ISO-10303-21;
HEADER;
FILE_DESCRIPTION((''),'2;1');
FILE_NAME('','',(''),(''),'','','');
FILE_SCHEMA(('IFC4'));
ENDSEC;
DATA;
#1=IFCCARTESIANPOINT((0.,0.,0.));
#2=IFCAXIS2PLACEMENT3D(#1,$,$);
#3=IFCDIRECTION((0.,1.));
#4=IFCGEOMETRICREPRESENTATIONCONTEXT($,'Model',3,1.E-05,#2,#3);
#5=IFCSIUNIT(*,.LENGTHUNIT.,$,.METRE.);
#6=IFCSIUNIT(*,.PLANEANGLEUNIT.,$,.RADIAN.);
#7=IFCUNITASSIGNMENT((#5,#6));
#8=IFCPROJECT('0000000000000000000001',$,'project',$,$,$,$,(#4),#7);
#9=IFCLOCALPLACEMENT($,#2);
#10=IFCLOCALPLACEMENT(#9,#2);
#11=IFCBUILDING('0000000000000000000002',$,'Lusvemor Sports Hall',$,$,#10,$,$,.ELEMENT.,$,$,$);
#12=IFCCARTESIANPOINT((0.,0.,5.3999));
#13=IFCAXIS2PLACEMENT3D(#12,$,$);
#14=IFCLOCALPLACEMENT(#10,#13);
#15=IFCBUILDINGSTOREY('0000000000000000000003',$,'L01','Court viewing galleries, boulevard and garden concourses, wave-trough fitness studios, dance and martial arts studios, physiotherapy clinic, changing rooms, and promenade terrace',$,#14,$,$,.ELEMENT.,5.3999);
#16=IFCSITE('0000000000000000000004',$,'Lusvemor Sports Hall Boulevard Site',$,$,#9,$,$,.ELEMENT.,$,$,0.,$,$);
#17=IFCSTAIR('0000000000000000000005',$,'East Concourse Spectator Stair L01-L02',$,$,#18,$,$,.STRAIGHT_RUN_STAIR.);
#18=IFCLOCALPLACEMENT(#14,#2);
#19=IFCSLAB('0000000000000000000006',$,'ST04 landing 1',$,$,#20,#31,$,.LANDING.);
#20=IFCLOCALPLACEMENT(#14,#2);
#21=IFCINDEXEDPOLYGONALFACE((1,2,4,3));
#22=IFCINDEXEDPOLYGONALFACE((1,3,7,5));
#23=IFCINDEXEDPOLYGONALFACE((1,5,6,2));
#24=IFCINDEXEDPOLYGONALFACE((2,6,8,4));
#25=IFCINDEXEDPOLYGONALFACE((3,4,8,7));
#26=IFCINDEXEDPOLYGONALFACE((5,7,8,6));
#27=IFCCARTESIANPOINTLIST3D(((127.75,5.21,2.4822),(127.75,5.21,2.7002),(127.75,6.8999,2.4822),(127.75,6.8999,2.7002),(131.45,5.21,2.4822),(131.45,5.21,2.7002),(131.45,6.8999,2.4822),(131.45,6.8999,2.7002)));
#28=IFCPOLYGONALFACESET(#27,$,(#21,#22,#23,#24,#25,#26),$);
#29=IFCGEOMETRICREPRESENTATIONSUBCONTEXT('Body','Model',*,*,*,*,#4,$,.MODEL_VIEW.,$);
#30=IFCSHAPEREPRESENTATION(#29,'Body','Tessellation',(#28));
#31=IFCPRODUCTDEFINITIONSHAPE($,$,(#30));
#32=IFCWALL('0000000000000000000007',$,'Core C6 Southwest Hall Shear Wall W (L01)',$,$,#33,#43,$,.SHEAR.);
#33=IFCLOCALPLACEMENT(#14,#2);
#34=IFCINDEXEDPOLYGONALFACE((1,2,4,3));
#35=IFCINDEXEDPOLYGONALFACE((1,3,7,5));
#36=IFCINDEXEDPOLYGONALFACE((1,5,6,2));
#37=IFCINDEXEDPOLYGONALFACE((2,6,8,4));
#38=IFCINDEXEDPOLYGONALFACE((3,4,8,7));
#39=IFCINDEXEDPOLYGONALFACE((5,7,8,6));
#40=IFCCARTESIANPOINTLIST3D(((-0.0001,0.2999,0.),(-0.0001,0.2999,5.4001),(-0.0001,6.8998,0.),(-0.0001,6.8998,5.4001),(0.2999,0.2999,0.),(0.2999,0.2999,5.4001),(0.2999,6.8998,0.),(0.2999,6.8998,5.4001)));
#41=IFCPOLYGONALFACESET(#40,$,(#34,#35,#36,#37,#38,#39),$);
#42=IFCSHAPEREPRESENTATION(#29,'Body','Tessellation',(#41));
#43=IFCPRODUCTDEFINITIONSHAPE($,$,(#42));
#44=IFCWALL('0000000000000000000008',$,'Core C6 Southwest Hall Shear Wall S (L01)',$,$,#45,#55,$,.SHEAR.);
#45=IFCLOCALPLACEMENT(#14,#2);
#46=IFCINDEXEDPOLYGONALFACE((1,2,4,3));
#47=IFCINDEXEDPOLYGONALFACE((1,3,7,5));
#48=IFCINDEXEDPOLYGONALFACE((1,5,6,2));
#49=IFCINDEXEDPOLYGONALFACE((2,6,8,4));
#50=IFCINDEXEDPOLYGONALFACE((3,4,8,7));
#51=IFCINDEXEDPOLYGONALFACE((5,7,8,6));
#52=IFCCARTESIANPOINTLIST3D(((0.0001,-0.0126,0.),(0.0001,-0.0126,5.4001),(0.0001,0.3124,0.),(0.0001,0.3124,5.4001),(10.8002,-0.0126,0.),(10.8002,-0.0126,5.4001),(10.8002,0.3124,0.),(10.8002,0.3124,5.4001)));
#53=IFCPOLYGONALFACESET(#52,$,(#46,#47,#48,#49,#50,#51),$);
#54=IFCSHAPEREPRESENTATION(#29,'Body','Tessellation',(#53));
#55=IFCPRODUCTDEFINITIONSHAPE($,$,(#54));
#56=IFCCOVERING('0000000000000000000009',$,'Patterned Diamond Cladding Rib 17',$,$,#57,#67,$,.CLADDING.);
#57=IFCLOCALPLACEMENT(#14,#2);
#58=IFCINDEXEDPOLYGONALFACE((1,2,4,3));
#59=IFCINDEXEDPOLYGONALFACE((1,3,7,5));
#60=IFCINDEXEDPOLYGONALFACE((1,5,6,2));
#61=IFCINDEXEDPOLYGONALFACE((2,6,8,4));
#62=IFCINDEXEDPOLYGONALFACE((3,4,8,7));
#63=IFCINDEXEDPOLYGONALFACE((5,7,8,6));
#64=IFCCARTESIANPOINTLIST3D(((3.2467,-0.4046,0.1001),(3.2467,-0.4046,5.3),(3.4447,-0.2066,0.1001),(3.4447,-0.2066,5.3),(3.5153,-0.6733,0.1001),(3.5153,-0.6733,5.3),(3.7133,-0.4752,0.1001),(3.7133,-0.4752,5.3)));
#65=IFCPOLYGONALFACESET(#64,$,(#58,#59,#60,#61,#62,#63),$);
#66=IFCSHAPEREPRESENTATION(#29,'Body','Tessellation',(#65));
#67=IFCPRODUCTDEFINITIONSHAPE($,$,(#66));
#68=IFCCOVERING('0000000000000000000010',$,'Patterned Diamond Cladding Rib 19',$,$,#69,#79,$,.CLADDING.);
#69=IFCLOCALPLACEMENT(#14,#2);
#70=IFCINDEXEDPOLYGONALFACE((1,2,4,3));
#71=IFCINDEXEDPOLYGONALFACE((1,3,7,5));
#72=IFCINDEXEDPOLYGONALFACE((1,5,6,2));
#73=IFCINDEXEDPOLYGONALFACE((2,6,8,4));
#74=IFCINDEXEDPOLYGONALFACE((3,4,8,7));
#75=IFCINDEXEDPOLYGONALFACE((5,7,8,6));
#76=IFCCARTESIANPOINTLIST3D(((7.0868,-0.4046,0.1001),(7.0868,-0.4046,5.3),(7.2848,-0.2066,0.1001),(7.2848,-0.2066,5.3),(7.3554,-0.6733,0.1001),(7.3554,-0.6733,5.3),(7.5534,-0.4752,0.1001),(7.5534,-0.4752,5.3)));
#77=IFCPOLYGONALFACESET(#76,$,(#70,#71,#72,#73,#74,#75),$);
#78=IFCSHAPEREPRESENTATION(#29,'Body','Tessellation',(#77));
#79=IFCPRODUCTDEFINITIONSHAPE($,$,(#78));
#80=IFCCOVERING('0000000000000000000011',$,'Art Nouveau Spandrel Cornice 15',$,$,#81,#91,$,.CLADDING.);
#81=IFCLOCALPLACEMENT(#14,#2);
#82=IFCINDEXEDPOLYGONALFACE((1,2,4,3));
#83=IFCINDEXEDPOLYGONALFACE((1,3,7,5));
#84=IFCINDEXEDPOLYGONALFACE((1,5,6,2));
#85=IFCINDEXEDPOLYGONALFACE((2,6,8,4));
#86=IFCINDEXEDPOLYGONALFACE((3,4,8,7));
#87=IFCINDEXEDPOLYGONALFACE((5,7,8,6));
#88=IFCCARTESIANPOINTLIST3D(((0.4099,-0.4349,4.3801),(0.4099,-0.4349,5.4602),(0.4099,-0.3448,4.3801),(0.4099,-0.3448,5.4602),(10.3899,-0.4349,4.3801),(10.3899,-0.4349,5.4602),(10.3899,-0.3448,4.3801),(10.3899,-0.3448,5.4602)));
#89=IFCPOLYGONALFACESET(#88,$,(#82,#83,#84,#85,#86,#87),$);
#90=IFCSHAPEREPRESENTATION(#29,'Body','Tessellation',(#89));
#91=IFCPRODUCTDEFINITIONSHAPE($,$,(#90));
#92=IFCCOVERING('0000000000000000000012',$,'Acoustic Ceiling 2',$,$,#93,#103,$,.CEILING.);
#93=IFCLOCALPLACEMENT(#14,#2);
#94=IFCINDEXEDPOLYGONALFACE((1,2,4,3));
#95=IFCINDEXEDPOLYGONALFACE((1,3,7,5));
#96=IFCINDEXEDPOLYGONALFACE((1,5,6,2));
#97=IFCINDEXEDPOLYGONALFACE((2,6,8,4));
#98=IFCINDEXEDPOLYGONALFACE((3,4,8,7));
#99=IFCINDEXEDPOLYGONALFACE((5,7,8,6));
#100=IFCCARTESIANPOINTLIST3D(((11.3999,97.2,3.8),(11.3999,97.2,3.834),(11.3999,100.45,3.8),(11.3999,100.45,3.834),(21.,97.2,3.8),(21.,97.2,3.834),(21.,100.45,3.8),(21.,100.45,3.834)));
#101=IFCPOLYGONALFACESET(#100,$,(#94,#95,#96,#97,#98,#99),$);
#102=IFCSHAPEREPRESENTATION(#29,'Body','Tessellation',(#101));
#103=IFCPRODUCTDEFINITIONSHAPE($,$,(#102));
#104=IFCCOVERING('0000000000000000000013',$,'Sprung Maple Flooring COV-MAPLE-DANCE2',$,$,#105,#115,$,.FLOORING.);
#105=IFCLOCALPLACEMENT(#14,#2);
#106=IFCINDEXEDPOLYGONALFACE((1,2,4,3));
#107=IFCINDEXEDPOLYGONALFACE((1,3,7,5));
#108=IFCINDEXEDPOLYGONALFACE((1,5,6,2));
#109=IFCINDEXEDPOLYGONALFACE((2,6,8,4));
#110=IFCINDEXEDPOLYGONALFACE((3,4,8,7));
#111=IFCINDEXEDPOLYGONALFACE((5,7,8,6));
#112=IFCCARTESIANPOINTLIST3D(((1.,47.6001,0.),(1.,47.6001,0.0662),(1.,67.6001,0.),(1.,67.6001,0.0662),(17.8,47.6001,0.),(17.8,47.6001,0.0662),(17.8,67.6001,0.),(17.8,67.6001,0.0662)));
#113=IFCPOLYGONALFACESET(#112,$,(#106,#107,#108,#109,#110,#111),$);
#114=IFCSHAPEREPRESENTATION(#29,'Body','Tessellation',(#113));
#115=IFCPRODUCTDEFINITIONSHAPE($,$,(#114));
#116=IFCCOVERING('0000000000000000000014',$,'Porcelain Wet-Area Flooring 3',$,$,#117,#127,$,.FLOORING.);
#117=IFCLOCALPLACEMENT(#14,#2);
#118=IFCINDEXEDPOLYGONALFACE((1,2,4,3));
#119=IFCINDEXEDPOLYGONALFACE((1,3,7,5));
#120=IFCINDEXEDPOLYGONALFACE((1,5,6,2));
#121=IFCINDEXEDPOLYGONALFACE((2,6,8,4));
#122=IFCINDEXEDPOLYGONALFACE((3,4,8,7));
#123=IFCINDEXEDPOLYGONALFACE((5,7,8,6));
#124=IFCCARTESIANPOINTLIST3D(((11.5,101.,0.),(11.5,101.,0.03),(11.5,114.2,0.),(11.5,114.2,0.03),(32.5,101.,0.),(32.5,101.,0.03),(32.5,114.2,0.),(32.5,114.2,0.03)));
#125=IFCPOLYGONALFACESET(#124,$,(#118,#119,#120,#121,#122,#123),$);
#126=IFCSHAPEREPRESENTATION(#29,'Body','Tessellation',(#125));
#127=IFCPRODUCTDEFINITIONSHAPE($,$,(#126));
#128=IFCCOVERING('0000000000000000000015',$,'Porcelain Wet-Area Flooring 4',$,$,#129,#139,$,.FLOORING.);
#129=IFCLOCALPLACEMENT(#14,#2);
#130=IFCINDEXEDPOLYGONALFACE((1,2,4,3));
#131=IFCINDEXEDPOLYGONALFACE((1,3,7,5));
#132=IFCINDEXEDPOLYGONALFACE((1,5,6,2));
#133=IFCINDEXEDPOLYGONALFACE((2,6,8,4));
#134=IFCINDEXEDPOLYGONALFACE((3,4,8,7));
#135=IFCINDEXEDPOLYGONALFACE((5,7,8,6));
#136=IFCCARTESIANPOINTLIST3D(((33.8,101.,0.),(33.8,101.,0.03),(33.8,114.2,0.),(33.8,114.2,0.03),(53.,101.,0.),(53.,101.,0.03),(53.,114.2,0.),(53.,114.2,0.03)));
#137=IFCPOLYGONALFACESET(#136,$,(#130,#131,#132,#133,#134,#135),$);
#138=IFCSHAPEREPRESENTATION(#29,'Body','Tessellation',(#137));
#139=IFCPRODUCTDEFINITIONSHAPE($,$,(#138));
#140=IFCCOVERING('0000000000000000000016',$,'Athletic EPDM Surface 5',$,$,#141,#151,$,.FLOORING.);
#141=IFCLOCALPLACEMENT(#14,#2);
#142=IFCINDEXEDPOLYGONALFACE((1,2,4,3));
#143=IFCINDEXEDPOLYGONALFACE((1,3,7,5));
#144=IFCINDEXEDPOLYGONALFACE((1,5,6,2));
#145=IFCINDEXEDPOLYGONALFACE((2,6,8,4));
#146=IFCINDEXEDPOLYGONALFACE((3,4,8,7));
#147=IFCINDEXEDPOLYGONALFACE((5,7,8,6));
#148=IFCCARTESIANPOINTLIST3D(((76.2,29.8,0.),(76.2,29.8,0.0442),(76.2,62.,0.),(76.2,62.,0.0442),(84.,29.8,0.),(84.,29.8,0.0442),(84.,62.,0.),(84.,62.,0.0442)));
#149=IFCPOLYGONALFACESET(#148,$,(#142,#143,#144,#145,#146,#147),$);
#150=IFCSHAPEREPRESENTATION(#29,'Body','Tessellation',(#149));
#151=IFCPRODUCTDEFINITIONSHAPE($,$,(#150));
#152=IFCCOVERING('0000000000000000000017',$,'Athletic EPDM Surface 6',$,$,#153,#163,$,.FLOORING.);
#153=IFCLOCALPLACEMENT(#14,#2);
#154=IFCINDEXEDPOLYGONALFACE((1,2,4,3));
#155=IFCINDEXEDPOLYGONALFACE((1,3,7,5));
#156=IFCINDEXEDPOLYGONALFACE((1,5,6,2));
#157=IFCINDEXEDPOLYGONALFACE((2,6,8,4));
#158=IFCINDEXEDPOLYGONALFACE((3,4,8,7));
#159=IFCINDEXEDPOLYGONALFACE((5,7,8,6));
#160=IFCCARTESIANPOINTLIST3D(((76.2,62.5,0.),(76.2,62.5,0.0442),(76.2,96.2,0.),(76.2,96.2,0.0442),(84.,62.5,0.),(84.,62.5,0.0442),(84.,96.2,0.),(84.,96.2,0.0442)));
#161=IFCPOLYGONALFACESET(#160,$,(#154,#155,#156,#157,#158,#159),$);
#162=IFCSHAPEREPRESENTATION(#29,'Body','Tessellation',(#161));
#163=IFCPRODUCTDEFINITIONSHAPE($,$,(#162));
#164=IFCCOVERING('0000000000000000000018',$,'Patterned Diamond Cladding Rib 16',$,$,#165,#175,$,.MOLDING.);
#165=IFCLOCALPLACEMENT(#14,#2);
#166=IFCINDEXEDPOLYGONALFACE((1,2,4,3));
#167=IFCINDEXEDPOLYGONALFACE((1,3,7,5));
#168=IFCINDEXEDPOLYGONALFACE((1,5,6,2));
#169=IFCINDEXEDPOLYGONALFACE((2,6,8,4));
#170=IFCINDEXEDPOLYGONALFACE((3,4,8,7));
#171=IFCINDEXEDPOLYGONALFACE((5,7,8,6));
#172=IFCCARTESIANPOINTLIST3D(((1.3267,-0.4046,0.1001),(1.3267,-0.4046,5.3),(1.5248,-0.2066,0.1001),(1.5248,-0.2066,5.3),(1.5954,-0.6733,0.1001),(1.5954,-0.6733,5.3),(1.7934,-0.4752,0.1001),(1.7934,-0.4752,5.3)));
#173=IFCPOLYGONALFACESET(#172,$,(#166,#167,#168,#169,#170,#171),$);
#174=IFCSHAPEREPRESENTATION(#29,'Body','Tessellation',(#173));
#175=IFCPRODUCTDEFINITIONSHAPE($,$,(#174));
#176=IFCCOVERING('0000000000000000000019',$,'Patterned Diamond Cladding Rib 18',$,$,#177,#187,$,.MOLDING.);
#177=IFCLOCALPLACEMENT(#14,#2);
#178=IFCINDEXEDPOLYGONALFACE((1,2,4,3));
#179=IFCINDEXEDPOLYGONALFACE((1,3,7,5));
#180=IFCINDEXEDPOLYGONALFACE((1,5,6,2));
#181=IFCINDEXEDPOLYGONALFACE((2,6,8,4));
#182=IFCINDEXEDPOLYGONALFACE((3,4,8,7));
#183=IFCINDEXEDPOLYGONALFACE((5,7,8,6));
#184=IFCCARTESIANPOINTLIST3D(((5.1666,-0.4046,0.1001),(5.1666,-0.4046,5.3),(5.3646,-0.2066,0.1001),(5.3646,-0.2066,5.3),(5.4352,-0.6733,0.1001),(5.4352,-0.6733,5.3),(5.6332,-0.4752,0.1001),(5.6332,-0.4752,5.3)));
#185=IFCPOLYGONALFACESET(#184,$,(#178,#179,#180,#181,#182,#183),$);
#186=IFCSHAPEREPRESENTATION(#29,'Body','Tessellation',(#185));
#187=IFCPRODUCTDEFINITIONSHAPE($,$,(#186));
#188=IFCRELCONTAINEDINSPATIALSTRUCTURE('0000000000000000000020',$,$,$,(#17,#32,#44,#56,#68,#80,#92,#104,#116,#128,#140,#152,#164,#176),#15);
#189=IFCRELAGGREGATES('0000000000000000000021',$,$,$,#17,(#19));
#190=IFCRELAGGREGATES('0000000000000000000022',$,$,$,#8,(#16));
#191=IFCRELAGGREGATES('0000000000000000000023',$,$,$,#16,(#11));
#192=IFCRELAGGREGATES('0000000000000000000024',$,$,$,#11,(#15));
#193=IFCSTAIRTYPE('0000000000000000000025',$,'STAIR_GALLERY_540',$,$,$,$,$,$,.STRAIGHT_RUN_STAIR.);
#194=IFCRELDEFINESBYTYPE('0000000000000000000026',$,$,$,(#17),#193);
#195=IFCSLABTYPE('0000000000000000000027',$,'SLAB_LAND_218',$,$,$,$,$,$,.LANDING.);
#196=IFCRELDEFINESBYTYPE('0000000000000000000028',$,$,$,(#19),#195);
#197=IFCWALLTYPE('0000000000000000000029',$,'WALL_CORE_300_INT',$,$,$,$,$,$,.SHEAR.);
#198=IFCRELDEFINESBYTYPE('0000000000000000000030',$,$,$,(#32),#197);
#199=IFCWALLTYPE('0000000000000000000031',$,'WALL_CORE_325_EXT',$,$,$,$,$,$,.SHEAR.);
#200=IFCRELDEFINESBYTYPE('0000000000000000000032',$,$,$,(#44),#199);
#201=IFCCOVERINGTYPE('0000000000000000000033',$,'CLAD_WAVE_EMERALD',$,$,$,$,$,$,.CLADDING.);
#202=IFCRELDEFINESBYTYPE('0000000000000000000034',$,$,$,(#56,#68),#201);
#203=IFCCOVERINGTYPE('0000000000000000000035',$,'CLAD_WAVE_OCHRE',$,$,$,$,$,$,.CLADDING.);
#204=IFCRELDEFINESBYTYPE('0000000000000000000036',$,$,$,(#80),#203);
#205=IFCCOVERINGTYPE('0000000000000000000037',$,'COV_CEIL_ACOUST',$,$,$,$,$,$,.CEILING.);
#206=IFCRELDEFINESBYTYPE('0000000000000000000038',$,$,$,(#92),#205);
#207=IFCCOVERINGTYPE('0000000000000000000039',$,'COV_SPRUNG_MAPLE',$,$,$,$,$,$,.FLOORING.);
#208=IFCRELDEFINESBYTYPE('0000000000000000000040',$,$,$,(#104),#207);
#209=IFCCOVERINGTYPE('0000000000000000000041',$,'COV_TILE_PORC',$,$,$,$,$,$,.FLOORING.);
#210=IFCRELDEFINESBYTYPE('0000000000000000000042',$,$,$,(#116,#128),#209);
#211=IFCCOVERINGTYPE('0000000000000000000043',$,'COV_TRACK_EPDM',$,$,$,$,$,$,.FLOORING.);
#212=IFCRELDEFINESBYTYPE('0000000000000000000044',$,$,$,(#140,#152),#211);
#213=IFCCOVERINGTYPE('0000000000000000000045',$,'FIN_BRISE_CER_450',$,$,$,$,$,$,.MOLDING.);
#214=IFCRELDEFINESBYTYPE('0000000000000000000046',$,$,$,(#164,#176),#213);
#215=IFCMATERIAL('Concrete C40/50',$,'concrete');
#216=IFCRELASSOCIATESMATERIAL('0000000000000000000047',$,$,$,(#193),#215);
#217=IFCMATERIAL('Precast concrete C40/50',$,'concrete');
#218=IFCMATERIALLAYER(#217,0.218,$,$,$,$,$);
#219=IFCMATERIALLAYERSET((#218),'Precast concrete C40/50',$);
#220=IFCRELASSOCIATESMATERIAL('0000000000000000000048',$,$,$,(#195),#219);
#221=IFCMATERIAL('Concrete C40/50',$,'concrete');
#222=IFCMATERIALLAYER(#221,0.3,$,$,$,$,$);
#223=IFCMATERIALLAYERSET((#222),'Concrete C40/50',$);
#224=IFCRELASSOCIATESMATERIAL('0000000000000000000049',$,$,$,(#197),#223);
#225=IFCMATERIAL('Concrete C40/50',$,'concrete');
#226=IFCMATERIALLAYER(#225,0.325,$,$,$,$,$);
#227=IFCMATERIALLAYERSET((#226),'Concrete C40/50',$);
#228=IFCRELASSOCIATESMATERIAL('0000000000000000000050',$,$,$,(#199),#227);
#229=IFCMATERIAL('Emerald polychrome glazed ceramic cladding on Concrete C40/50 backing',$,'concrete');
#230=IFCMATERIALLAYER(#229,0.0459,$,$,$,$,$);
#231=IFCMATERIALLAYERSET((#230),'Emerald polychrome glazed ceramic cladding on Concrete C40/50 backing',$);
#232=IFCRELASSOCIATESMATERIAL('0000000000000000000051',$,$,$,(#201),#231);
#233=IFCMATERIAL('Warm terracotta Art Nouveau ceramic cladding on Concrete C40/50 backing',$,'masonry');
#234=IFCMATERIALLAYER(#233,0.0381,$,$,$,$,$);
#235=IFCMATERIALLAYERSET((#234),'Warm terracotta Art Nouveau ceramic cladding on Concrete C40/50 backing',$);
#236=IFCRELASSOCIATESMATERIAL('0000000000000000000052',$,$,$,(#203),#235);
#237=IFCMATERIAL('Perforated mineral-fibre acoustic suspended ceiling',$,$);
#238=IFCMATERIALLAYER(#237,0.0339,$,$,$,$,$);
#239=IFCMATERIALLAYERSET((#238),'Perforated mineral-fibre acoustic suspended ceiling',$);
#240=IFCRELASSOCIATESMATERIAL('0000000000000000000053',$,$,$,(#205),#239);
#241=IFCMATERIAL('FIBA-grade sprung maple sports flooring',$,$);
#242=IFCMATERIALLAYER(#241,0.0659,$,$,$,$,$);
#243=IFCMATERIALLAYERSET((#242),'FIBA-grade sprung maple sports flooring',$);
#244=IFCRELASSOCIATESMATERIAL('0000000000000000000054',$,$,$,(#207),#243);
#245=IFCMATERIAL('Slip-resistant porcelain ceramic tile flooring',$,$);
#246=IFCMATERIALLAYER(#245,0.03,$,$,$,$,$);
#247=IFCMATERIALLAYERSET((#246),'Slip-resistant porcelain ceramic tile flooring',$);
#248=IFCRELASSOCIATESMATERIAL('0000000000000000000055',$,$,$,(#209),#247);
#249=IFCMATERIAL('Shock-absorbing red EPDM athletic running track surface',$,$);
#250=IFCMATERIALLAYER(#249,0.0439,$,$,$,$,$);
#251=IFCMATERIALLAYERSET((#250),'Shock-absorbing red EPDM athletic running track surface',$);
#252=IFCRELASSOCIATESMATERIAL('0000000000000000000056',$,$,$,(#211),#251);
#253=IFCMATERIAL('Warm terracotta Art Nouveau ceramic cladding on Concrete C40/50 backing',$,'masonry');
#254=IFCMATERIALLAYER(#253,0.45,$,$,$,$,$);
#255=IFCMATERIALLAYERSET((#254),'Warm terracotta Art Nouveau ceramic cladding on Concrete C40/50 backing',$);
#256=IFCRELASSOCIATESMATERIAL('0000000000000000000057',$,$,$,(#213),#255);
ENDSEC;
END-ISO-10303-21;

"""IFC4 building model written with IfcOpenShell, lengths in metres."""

from ifc_helpers import new_model, si_unit, direction, frame, frame_2d, origin, origin_2d, place, context, subcontext, project, spatial, polyline, rectangle, outline, extrude, material, layer, layer_set, type_object, element, aggregate, save


model = new_model("IFC4")

# Units and contexts
model_context = context("Model", 3, precision=1e-05, world=origin(), true_north=direction((0.0, 1.0)))
body_context = subcontext(model_context, "Body", "Model", "MODEL_VIEW")
ifc_project = project(units=[si_unit("LENGTHUNIT", "METRE"), si_unit("PLANEANGLEUNIT", "RADIAN")], contexts=[model_context])

# Site, building, storey
site_placement = place(None, origin())
site = spatial("IfcSite", under=ifc_project, at=site_placement, Name="Lusvemor Sports Hall Boulevard Site", CompositionType="ELEMENT", RefElevation=0.0)
building_placement = place(site_placement, origin())
building = spatial("IfcBuilding", under=site, at=building_placement, Name="Lusvemor Sports Hall", CompositionType="ELEMENT")
storey_placement = place(building_placement, frame((0.0, 0.0, 5.3999)))
storey = spatial("IfcBuildingStorey", under=building, at=storey_placement, Name="L01", Description="Court viewing galleries, boulevard and garden concourses, wave-trough fitness studios, dance and martial arts studios, physiotherapy clinic, changing rooms, and promenade terrace", CompositionType="ELEMENT", Elevation=5.3999)

# Stair, slab
ifc_material_1 = material(Name="Concrete C40/50", Category="concrete")
stair_type_1 = type_object("IfcStairType", Name="STAIR_GALLERY_540", PredefinedType="STRAIGHT_RUN_STAIR", material=ifc_material_1)
stair_1_placement = place(storey_placement, origin())
stair_1 = element("IfcStair", 1, at=stair_1_placement, inside=storey, type_object=stair_type_1, Name="East Concourse Spectator Stair L01-L02", PredefinedType="STRAIGHT_RUN_STAIR")
ifc_material_2 = material(Name="Precast concrete C40/50", Category="concrete")
ifc_layer_1 = layer(ifc_material_2, 0.218)
ifc_layer_set_1 = layer_set([ifc_layer_1], Name="Precast concrete C40/50")
slab_type_1 = type_object("IfcSlabType", Name="SLAB_LAND_218", PredefinedType="LANDING", material=ifc_layer_set_1)
slab_1_placement = place(storey_placement, frame((0.0, 0.0, 2.4822)))
slab_1 = element("IfcSlab", 2, at=slab_1_placement, type_object=slab_type_1, Name="ST04 landing 1", PredefinedType="LANDING", context=body_context, shape_type="SweptSolid", body=[
    extrude(outline(polyline([(127.75, 5.21), (131.45, 5.21), (131.45, 6.8999), (127.75, 6.8999), (127.75, 5.21)])), origin(), (0.0, 0.0, 1.0), 0.218),
])
aggregate(stair_1, [slab_1])

# Wall
ifc_material_3 = material(Name="Concrete C40/50", Category="concrete")
ifc_layer_2 = layer(ifc_material_3, 0.3)
ifc_layer_set_2 = layer_set([ifc_layer_2], Name="Concrete C40/50")
wall_type_1 = type_object("IfcWallType", Name="WALL_CORE_300_INT", PredefinedType="SHEAR", material=ifc_layer_set_2)
wall_1_placement = place(storey_placement, frame((0.1499, 0.3, 0.0), z_axis=(0.0, 0.0, 1.0), x_axis=(0.0, 1.0, 0.0)))
element("IfcWall", 3, at=wall_1_placement, inside=storey, type_object=wall_type_1, Name="Core C6 Southwest Hall Shear Wall W (L01)", PredefinedType="SHEAR", context=body_context, shape_type="SweptSolid", body=[
    extrude(rectangle(XDim=6.5999, YDim=0.3, at=frame_2d((3.2998, 0.0))), origin(), (0.0, 0.0, 1.0), 5.4001),
])

# Wall
ifc_material_4 = material(Name="Concrete C40/50", Category="concrete")
ifc_layer_3 = layer(ifc_material_4, 0.325)
ifc_layer_set_3 = layer_set([ifc_layer_3], Name="Concrete C40/50")
wall_type_2 = type_object("IfcWallType", Name="WALL_CORE_325_EXT", PredefinedType="SHEAR", material=ifc_layer_set_3)
wall_2_placement = place(storey_placement, frame((10.8, 0.1499, 0.0), z_axis=(0.0, 0.0, 1.0), x_axis=(-1.0, 0.0, 0.0)))
element("IfcWall", 4, at=wall_2_placement, inside=storey, type_object=wall_type_2, Name="Core C6 Southwest Hall Shear Wall S (L01)", PredefinedType="SHEAR", context=body_context, shape_type="SweptSolid", body=[
    extrude(rectangle(XDim=10.8, YDim=0.325, at=frame_2d((5.3999, 0.0))), origin(), (0.0, 0.0, 1.0), 5.4001),
])

# Coverings
ifc_material_5 = material(Name="Emerald polychrome glazed ceramic cladding on Concrete C40/50 backing", Category="concrete")
ifc_layer_4 = layer(ifc_material_5, 0.0459)
ifc_layer_set_4 = layer_set([ifc_layer_4], Name="Emerald polychrome glazed ceramic cladding on Concrete C40/50 backing")
covering_type_1 = type_object("IfcCoveringType", Name="CLAD_WAVE_EMERALD", PredefinedType="CLADDING", material=ifc_layer_set_4)
for number, where, z_axis, x_axis, name in (
    (5, (3.48, -0.4399, 0.1001), (0.0, 0.0, 1.0), (0.707107, 0.707107, 0.0), "Patterned Diamond Cladding Rib 17"),
    (6, (7.3201, -0.4399, 0.1001), (0.0, 0.0, 1.0), (0.707107, 0.707107, 0.0), "Patterned Diamond Cladding Rib 19"),
):
    element("IfcCovering", number, at=place(storey_placement, frame(where, z_axis=z_axis, x_axis=x_axis)), inside=storey, type_object=covering_type_1, Name=name, PredefinedType="CLADDING", context=body_context, shape_type="SweptSolid", body=[
        extrude(rectangle(XDim=0.28, YDim=0.3799, at=origin_2d()), origin(), (0.0, 0.0, 1.0), 5.2),
    ])
ifc_material_6 = material(Name="Warm terracotta Art Nouveau ceramic cladding on Concrete C40/50 backing", Category="masonry")
ifc_layer_5 = layer(ifc_material_6, 0.0381)
ifc_layer_set_5 = layer_set([ifc_layer_5], Name="Warm terracotta Art Nouveau ceramic cladding on Concrete C40/50 backing")
covering_type_2 = type_object("IfcCoveringType", Name="CLAD_WAVE_OCHRE", PredefinedType="CLADDING", material=ifc_layer_set_5)
covering_1_placement = place(storey_placement, frame((5.3999, -0.3899, 4.3801), z_axis=(0.0, 0.0, 1.0), x_axis=(1.0, 0.0, 0.0)))
element("IfcCovering", 7, at=covering_1_placement, inside=storey, type_object=covering_type_2, Name="Art Nouveau Spandrel Cornice 15", PredefinedType="CLADDING", context=body_context, shape_type="SweptSolid", body=[
    extrude(rectangle(XDim=9.98, YDim=0.0901, at=origin_2d()), origin(), (0.0, 0.0, 1.0), 1.0801),
])
ifc_material_7 = material(Name="Perforated mineral-fibre acoustic suspended ceiling")
ifc_layer_6 = layer(ifc_material_7, 0.0339)
ifc_layer_set_6 = layer_set([ifc_layer_6], Name="Perforated mineral-fibre acoustic suspended ceiling")
covering_type_3 = type_object("IfcCoveringType", Name="COV_CEIL_ACOUST", PredefinedType="CEILING", material=ifc_layer_set_6)
covering_2_placement = place(storey_placement, frame((0.0, 0.0, 3.8)))
element("IfcCovering", 8, at=covering_2_placement, inside=storey, type_object=covering_type_3, Name="Acoustic Ceiling 2", PredefinedType="CEILING", context=body_context, shape_type="SweptSolid", body=[
    extrude(outline(polyline([(11.3999, 97.2), (21.0, 97.2), (21.0, 100.45), (11.3999, 100.45), (11.3999, 97.2)])), origin(), (0.0, 0.0, 1.0), 0.0339),
])
ifc_material_8 = material(Name="FIBA-grade sprung maple sports flooring")
ifc_layer_7 = layer(ifc_material_8, 0.0659)
ifc_layer_set_7 = layer_set([ifc_layer_7], Name="FIBA-grade sprung maple sports flooring")
covering_type_4 = type_object("IfcCoveringType", Name="COV_SPRUNG_MAPLE", PredefinedType="FLOORING", material=ifc_layer_set_7)
covering_3_placement = place(storey_placement, origin())
element("IfcCovering", 9, at=covering_3_placement, inside=storey, type_object=covering_type_4, Name="Sprung Maple Flooring COV-MAPLE-DANCE2", PredefinedType="FLOORING", context=body_context, shape_type="SweptSolid", body=[
    extrude(outline(polyline([(1.0, 47.6001), (17.8, 47.6001), (17.8, 67.6001), (1.0, 67.6001), (1.0, 47.6001)])), origin(), (0.0, 0.0, 1.0), 0.0662),
])
ifc_material_9 = material(Name="Slip-resistant porcelain ceramic tile flooring")
ifc_layer_8 = layer(ifc_material_9, 0.03)
ifc_layer_set_8 = layer_set([ifc_layer_8], Name="Slip-resistant porcelain ceramic tile flooring")
covering_type_5 = type_object("IfcCoveringType", Name="COV_TILE_PORC", PredefinedType="FLOORING", material=ifc_layer_set_8)
covering_4_placement = place(storey_placement, origin())
element("IfcCovering", 10, at=covering_4_placement, inside=storey, type_object=covering_type_5, Name="Porcelain Wet-Area Flooring 3", PredefinedType="FLOORING", context=body_context, shape_type="SweptSolid", body=[
    extrude(outline(polyline([(11.5, 101.0), (32.5, 101.0), (32.5, 114.2), (11.5, 114.2), (11.5, 101.0)])), origin(), (0.0, 0.0, 1.0), 0.03),
])
covering_5_placement = place(storey_placement, origin())
element("IfcCovering", 11, at=covering_5_placement, inside=storey, type_object=covering_type_5, Name="Porcelain Wet-Area Flooring 4", PredefinedType="FLOORING", context=body_context, shape_type="SweptSolid", body=[
    extrude(outline(polyline([(33.8, 101.0), (53.0, 101.0), (53.0, 114.2), (33.8, 114.2), (33.8, 101.0)])), origin(), (0.0, 0.0, 1.0), 0.03),
])
ifc_material_10 = material(Name="Shock-absorbing red EPDM athletic running track surface")
ifc_layer_9 = layer(ifc_material_10, 0.0439)
ifc_layer_set_9 = layer_set([ifc_layer_9], Name="Shock-absorbing red EPDM athletic running track surface")
covering_type_6 = type_object("IfcCoveringType", Name="COV_TRACK_EPDM", PredefinedType="FLOORING", material=ifc_layer_set_9)
covering_6_placement = place(storey_placement, origin())
element("IfcCovering", 12, at=covering_6_placement, inside=storey, type_object=covering_type_6, Name="Athletic EPDM Surface 5", PredefinedType="FLOORING", context=body_context, shape_type="SweptSolid", body=[
    extrude(outline(polyline([(76.2, 29.8), (84.0, 29.8), (84.0, 62.0), (76.2, 62.0), (76.2, 29.8)])), origin(), (0.0, 0.0, 1.0), 0.0442),
])
covering_7_placement = place(storey_placement, origin())
element("IfcCovering", 13, at=covering_7_placement, inside=storey, type_object=covering_type_6, Name="Athletic EPDM Surface 6", PredefinedType="FLOORING", context=body_context, shape_type="SweptSolid", body=[
    extrude(outline(polyline([(76.2, 62.5), (84.0, 62.5), (84.0, 96.2), (76.2, 96.2), (76.2, 62.5)])), origin(), (0.0, 0.0, 1.0), 0.0442),
])
ifc_material_11 = material(Name="Warm terracotta Art Nouveau ceramic cladding on Concrete C40/50 backing", Category="masonry")
ifc_layer_10 = layer(ifc_material_11, 0.45)
ifc_layer_set_10 = layer_set([ifc_layer_10], Name="Warm terracotta Art Nouveau ceramic cladding on Concrete C40/50 backing")
covering_type_7 = type_object("IfcCoveringType", Name="FIN_BRISE_CER_450", PredefinedType="MOLDING", material=ifc_layer_set_10)
for number, where, z_axis, x_axis, name in (
    (14, (1.5601, -0.4399, 0.1001), (0.0, 0.0, 1.0), (0.707107, 0.707107, 0.0), "Patterned Diamond Cladding Rib 16"),
    (15, (5.3999, -0.4399, 0.1001), (0.0, 0.0, 1.0), (0.707107, 0.707107, 0.0), "Patterned Diamond Cladding Rib 18"),
):
    element("IfcCovering", number, at=place(storey_placement, frame(where, z_axis=z_axis, x_axis=x_axis)), inside=storey, type_object=covering_type_7, Name=name, PredefinedType="MOLDING", context=body_context, shape_type="SweptSolid", body=[
        extrude(rectangle(XDim=0.28, YDim=0.3799, at=origin_2d()), origin(), (0.0, 0.0, 1.0), 5.2),
    ])

save(model, "model.ifc")
